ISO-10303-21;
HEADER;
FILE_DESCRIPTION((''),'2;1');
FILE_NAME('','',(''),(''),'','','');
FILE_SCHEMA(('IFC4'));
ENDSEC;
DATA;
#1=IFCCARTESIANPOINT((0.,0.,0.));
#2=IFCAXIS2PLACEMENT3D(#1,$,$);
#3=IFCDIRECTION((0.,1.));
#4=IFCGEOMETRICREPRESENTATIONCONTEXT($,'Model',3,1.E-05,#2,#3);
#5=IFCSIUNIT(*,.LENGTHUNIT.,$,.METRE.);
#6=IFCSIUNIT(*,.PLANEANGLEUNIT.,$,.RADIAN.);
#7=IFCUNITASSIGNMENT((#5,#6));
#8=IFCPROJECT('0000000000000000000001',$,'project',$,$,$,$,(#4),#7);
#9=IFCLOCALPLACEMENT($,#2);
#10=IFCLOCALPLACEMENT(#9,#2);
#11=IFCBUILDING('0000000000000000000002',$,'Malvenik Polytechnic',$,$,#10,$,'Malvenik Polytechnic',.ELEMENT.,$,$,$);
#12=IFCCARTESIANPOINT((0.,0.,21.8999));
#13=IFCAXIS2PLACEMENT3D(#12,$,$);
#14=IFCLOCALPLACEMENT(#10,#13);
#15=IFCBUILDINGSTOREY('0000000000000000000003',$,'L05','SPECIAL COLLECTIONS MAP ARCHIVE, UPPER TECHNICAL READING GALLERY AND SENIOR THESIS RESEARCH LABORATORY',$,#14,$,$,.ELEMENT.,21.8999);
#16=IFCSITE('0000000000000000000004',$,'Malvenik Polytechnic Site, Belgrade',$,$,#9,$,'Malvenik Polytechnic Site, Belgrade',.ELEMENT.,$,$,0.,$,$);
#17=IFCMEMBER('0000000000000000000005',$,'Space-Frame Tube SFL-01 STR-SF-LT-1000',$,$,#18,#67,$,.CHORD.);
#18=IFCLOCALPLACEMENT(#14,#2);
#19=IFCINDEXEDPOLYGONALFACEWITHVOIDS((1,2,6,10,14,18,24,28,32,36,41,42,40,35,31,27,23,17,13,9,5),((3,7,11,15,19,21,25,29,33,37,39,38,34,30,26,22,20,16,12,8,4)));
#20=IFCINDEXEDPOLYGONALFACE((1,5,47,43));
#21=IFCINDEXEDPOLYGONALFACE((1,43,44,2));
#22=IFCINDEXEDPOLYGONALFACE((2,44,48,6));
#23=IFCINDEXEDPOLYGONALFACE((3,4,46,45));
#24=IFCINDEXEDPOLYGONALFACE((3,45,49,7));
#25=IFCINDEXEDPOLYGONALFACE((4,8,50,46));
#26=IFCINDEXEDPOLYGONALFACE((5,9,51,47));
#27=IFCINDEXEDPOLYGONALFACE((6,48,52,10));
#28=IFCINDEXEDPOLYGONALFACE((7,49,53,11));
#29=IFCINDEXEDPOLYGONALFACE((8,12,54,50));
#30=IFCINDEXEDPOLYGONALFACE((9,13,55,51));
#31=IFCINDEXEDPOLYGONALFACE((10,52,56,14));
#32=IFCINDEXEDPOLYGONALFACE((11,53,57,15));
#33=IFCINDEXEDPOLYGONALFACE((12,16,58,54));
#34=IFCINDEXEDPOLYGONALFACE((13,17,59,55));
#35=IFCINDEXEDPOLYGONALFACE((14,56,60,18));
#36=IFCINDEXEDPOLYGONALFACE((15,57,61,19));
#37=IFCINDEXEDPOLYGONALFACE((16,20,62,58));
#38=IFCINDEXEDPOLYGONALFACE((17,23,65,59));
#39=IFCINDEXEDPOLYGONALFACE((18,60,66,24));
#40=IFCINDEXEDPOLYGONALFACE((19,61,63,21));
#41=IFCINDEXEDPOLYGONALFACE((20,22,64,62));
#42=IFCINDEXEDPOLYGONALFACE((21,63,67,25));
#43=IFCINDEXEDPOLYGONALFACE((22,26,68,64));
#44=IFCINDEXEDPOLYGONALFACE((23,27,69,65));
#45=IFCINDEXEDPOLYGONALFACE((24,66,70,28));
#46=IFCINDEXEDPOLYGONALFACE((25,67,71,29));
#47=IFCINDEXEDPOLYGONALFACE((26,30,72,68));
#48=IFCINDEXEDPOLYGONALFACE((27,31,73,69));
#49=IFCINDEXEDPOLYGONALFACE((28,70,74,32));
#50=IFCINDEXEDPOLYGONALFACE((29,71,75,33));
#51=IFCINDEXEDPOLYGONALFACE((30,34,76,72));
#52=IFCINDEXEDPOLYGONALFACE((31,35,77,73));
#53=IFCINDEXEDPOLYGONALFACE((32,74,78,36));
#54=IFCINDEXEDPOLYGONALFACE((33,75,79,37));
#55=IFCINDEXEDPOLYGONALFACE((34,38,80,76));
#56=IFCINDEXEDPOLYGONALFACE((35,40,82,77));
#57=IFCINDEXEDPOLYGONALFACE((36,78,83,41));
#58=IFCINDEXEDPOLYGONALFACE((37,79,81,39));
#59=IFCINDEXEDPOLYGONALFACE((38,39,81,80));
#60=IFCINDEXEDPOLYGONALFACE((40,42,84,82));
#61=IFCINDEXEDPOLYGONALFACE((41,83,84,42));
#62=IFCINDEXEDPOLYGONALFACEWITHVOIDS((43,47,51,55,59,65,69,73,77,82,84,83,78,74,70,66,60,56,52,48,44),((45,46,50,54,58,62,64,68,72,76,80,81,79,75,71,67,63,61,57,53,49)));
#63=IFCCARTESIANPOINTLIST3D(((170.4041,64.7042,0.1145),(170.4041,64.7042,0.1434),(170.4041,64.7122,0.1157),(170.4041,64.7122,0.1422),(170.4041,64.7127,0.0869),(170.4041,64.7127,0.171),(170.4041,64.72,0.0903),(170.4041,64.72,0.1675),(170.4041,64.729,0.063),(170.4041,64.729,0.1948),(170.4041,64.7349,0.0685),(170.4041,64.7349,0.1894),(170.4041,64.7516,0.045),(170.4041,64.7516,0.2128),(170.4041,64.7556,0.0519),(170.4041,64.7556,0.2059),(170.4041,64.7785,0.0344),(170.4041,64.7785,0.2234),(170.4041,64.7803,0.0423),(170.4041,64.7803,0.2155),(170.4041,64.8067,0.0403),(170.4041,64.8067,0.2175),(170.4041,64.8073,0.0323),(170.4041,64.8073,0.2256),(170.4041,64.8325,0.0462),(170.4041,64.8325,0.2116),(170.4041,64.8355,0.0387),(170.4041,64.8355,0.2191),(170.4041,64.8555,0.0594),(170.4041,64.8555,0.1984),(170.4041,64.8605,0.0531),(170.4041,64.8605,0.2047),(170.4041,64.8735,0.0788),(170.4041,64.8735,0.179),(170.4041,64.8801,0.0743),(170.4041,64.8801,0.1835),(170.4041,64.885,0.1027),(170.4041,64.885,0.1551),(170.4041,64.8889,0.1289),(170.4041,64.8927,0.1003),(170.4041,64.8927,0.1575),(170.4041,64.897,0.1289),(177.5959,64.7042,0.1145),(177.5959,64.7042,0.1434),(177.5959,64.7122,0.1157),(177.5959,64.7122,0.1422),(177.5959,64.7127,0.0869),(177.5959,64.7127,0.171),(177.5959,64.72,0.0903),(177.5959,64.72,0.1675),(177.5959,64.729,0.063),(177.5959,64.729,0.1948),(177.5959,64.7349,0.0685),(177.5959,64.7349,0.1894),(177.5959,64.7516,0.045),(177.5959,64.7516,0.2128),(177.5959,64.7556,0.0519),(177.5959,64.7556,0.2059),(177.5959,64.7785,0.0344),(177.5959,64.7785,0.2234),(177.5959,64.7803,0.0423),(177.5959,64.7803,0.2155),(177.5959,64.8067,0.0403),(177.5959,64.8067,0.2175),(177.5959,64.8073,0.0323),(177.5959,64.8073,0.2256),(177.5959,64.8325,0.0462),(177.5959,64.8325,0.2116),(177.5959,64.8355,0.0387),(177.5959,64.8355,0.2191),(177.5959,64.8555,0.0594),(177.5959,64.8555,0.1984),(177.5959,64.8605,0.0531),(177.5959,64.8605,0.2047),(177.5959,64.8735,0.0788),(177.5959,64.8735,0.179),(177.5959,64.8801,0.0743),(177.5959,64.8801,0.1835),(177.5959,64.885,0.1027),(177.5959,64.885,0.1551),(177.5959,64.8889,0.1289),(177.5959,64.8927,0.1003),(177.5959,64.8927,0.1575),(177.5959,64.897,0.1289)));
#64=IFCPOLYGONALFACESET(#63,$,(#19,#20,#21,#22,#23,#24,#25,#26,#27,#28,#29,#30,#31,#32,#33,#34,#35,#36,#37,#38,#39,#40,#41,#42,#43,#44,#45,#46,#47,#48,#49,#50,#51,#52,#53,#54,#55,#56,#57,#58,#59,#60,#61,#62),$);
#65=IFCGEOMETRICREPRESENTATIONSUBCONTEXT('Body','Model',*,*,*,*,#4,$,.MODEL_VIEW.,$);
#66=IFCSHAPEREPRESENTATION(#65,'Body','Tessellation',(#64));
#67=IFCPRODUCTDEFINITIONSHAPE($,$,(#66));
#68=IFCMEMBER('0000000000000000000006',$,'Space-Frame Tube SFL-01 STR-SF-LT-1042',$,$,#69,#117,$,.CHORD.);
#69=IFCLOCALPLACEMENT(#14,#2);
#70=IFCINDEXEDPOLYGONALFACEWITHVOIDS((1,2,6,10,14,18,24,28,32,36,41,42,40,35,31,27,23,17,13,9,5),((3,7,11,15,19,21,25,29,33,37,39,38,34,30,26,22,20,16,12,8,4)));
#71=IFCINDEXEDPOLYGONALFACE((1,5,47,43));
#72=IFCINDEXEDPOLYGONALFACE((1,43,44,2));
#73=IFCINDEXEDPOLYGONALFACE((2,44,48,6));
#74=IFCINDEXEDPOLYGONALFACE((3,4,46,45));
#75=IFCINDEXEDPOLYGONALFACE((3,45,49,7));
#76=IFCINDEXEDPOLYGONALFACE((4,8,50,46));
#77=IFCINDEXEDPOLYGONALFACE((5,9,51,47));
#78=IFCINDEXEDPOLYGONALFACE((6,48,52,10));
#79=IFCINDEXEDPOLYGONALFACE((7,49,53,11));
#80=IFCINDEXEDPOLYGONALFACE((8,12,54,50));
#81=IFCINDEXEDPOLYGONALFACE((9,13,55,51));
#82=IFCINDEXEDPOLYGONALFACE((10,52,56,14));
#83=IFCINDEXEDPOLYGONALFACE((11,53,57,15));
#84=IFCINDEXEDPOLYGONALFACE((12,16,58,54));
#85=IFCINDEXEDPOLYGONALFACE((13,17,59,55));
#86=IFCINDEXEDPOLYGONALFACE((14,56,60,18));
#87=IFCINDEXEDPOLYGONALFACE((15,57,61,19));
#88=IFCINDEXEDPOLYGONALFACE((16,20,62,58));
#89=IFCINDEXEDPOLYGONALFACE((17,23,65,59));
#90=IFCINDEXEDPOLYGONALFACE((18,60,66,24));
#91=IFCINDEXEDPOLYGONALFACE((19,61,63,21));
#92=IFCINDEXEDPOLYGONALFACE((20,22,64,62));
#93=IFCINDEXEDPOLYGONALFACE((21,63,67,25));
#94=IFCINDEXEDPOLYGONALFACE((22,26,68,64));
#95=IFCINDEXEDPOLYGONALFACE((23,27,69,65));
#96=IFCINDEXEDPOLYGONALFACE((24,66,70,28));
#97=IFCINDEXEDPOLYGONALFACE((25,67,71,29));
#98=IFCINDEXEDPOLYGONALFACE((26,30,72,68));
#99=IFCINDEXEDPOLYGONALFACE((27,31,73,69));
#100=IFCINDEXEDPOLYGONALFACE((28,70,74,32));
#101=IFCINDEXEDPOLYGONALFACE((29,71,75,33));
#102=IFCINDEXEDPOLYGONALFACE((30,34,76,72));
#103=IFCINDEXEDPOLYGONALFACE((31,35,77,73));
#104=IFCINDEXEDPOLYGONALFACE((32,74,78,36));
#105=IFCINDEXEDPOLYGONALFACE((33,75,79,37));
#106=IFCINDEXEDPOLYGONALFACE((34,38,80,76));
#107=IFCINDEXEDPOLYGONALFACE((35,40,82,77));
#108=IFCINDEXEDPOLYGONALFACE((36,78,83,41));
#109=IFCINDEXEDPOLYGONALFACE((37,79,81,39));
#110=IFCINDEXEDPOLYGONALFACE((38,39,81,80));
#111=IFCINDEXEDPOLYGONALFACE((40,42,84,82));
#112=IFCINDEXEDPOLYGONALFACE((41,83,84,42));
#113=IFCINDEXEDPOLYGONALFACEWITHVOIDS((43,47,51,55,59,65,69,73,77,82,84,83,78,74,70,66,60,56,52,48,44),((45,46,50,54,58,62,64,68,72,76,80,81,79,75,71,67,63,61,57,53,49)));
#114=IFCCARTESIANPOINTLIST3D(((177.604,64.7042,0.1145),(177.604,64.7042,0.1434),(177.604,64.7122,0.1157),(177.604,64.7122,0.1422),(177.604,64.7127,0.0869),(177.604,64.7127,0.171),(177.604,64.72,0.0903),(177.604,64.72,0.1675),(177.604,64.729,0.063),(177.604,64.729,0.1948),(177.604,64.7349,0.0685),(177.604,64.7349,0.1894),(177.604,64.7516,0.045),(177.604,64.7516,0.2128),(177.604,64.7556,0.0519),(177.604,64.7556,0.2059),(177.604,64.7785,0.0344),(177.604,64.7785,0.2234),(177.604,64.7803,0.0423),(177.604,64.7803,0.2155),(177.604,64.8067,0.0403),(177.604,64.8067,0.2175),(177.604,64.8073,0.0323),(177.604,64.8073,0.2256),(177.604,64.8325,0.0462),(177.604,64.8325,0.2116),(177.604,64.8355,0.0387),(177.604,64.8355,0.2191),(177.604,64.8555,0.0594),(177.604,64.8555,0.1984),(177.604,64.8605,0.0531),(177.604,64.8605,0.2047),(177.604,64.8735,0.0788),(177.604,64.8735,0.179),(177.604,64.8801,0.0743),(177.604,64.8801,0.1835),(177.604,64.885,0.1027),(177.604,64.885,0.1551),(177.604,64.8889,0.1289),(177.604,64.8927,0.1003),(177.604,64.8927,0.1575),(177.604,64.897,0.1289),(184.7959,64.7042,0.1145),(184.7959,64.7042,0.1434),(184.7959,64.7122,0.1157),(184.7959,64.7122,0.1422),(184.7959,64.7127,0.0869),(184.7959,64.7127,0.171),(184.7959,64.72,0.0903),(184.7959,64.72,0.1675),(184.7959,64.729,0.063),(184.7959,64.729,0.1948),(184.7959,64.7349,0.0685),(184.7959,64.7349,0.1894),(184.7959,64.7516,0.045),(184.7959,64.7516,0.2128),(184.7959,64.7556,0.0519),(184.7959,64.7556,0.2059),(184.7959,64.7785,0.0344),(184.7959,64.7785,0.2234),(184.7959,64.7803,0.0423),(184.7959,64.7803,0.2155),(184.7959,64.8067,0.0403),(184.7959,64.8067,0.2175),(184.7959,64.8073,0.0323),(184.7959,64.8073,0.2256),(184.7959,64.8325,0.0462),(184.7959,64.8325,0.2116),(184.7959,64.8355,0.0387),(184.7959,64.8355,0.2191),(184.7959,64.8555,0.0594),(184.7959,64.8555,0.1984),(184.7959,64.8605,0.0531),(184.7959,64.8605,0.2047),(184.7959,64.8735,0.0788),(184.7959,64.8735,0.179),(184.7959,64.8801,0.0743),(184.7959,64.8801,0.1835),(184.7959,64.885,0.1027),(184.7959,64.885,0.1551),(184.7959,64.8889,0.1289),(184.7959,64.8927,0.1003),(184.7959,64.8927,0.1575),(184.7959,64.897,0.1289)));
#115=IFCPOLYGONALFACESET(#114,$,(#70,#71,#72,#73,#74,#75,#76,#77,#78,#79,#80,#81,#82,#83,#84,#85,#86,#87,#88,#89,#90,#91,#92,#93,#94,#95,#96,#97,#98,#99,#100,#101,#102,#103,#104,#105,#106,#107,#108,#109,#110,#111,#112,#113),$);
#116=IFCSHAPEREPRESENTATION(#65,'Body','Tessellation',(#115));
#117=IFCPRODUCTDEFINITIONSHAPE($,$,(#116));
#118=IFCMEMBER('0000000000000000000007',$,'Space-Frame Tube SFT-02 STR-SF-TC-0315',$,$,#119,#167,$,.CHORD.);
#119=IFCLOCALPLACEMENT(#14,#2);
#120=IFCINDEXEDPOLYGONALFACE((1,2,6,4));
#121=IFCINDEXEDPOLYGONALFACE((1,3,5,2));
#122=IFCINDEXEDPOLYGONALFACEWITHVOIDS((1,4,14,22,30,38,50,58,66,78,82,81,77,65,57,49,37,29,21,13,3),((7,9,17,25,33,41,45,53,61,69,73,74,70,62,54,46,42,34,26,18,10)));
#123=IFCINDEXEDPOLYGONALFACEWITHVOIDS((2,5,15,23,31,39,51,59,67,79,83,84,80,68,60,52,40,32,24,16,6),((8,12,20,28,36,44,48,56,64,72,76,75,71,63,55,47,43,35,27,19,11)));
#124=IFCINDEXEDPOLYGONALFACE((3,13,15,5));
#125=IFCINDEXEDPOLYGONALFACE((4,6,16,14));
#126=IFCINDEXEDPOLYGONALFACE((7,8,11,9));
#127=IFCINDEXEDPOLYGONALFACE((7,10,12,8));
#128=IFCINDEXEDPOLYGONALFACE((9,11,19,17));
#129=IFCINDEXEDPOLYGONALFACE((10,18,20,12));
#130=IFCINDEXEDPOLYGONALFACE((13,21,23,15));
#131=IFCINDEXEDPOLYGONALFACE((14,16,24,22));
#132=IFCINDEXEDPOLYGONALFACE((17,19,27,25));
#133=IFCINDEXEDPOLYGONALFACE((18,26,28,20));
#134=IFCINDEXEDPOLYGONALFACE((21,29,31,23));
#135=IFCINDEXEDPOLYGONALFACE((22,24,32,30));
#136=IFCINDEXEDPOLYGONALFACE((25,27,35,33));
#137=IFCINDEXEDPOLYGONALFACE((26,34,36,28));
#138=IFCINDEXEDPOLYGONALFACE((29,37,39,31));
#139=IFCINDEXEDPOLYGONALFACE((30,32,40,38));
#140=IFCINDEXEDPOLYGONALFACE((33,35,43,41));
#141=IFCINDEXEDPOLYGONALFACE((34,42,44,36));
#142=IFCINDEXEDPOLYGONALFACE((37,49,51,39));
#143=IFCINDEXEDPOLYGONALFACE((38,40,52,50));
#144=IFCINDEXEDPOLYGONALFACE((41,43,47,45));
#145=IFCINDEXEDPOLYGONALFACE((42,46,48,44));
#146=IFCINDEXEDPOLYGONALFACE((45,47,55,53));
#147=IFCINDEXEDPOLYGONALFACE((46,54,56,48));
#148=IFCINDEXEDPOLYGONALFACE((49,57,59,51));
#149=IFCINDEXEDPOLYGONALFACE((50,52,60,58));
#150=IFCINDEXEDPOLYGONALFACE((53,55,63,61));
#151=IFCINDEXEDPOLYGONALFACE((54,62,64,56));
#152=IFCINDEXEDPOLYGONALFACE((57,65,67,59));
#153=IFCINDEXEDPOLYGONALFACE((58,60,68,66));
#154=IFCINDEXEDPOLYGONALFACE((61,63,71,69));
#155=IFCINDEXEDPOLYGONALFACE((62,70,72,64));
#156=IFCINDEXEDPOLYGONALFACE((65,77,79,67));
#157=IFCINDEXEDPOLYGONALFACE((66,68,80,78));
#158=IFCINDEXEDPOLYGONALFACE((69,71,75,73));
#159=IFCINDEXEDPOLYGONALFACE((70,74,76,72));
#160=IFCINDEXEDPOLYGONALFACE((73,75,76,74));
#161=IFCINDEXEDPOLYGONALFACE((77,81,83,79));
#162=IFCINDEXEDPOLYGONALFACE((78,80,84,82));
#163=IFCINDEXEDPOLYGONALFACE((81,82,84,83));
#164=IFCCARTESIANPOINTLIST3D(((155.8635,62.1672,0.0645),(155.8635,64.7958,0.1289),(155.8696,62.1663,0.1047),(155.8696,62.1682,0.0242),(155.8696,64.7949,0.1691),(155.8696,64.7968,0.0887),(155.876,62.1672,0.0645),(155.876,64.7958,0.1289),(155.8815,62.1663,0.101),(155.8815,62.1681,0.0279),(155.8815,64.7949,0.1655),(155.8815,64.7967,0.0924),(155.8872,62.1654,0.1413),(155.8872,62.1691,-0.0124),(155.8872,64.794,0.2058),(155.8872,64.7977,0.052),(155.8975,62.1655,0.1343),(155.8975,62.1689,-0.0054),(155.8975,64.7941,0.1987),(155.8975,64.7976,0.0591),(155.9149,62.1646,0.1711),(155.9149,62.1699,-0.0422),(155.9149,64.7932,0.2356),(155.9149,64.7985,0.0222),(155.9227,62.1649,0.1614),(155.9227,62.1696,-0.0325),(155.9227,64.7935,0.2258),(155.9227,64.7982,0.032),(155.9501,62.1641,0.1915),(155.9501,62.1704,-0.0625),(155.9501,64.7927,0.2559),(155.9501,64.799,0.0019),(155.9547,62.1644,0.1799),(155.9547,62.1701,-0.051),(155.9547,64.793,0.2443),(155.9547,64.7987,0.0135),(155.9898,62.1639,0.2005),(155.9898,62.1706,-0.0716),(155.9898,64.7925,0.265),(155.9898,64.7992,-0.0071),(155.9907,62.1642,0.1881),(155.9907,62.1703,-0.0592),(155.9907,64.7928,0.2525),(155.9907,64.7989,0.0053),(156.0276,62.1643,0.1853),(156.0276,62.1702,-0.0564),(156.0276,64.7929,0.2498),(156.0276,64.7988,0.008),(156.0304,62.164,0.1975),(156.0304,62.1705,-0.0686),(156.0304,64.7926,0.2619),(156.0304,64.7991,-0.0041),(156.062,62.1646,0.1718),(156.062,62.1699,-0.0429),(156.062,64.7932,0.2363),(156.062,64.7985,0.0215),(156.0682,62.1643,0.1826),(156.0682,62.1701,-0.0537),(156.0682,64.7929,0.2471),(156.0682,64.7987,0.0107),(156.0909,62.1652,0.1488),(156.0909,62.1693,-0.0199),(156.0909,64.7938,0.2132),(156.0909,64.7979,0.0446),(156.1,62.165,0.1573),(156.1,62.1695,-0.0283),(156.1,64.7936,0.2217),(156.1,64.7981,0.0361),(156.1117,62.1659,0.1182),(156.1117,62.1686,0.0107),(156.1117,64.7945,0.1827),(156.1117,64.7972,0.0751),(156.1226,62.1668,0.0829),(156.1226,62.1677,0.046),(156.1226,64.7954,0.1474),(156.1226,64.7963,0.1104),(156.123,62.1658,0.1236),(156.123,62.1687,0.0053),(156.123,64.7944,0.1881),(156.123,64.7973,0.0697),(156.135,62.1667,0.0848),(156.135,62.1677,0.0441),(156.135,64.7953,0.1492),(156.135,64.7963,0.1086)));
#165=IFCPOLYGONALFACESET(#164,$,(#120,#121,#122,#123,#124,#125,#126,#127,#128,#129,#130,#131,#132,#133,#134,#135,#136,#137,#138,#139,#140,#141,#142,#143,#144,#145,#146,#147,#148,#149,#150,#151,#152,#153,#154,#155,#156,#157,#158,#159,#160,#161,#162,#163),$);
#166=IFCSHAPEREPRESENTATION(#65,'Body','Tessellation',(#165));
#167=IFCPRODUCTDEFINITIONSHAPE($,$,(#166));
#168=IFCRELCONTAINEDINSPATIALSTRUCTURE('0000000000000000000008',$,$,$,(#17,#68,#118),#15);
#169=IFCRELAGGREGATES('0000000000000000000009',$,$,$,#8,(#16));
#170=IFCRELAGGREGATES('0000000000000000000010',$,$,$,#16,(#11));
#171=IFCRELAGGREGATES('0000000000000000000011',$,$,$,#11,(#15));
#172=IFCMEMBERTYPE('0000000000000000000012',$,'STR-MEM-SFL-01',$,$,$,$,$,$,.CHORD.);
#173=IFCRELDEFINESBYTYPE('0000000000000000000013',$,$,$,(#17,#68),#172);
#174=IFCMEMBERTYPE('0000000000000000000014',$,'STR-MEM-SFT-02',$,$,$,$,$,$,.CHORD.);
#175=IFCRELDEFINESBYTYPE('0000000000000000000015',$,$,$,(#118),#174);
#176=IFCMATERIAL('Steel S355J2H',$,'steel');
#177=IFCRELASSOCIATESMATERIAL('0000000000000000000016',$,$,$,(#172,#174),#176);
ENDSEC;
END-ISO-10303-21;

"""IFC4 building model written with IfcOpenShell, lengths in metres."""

from ifc_helpers import new_model, si_unit, direction, frame, origin, origin_2d, place, context, subcontext, project, spatial, hollow_circle, extrude, material, material_profile, profile_set, type_object, element, save


model = new_model("IFC4")

# Units and contexts
model_context = context("Model", 3, precision=1e-05, world=origin(), true_north=direction((0.0, 1.0)))
body_context = subcontext(model_context, "Body", "Model", "MODEL_VIEW")
ifc_project = project(units=[si_unit("LENGTHUNIT", "METRE"), si_unit("PLANEANGLEUNIT", "RADIAN")], contexts=[model_context])

# Site, building, storey
site_placement = place(None, origin())
site = spatial("IfcSite", under=ifc_project, at=site_placement, Name="Malvenik Polytechnic Site, Belgrade", LongName="Malvenik Polytechnic Site, Belgrade", CompositionType="ELEMENT", RefElevation=0.0)
building_placement = place(site_placement, origin())
building = spatial("IfcBuilding", under=site, at=building_placement, Name="Malvenik Polytechnic", LongName="Malvenik Polytechnic", CompositionType="ELEMENT")
storey_placement = place(building_placement, frame((0.0, 0.0, 21.8999)))
storey = spatial("IfcBuildingStorey", under=building, at=storey_placement, Name="L05", Description="SPECIAL COLLECTIONS MAP ARCHIVE, UPPER TECHNICAL READING GALLERY AND SENIOR THESIS RESEARCH LABORATORY", CompositionType="ELEMENT", Elevation=21.8999)

# Members
ifc_material = material(Name="Steel S355J2H", Category="steel")
ifc_material_profile_1 = material_profile(ifc_material, hollow_circle(Radius=0.0969, WallThickness=0.0081, at=origin_2d()), Name="CHS 193.7x8.0")
ifc_profile_set_1 = profile_set([ifc_material_profile_1], Name="Steel S355J2H")
member_type_1 = type_object("IfcMemberType", Name="STR-MEM-SFL-01", PredefinedType="CHORD", material=ifc_profile_set_1)
for number, where, z_axis, x_axis, name in (
    (1, (170.4041, 64.8, 0.1289), (1.0, 0.0, 0.0), (0.0, 1.0, 0.0), "Space-Frame Tube SFL-01 STR-SF-LT-1000"),
    (2, (177.604, 64.8, 0.1289), (1.0, 0.0, 0.0), (0.0, 1.0, 0.0), "Space-Frame Tube SFL-01 STR-SF-LT-1042"),
):
    element("IfcMember", number, at=place(storey_placement, frame(where, z_axis=z_axis, x_axis=x_axis)), inside=storey, type_object=member_type_1, Name=name, PredefinedType="CHORD", context=body_context, shape_type="SweptSolid", body=[
        extrude(hollow_circle(Radius=0.0969, WallThickness=0.0081, at=origin_2d()), origin(), (0.0, 0.0, 1.0), 7.1919),
    ])
ifc_material_profile_2 = material_profile(ifc_material, hollow_circle(Radius=0.1365, WallThickness=0.0125, at=origin_2d()), Name="CHS 273.0x12.5")
ifc_profile_set_2 = profile_set([ifc_material_profile_2], Name="Steel S355J2H")
member_type_2 = type_object("IfcMemberType", Name="STR-MEM-SFT-02", PredefinedType="CHORD", material=ifc_profile_set_2)
for number, where, z_axis, x_axis, name in (
    (3, (156.0, 62.1672, 0.0645), (0.0, 0.9997, 0.024512), (-1.0, 0.0, 0.0), "Space-Frame Tube SFT-02 STR-SF-TC-0315"),
):
    element("IfcMember", number, at=place(storey_placement, frame(where, z_axis=z_axis, x_axis=x_axis)), inside=storey, type_object=member_type_2, Name=name, PredefinedType="CHORD", context=body_context, shape_type="SweptSolid", body=[
        extrude(hollow_circle(Radius=0.1365, WallThickness=0.0125, at=origin_2d()), origin(), (0.0, 0.0, 1.0), 2.6294),
    ])

save(model, "model.ifc")
